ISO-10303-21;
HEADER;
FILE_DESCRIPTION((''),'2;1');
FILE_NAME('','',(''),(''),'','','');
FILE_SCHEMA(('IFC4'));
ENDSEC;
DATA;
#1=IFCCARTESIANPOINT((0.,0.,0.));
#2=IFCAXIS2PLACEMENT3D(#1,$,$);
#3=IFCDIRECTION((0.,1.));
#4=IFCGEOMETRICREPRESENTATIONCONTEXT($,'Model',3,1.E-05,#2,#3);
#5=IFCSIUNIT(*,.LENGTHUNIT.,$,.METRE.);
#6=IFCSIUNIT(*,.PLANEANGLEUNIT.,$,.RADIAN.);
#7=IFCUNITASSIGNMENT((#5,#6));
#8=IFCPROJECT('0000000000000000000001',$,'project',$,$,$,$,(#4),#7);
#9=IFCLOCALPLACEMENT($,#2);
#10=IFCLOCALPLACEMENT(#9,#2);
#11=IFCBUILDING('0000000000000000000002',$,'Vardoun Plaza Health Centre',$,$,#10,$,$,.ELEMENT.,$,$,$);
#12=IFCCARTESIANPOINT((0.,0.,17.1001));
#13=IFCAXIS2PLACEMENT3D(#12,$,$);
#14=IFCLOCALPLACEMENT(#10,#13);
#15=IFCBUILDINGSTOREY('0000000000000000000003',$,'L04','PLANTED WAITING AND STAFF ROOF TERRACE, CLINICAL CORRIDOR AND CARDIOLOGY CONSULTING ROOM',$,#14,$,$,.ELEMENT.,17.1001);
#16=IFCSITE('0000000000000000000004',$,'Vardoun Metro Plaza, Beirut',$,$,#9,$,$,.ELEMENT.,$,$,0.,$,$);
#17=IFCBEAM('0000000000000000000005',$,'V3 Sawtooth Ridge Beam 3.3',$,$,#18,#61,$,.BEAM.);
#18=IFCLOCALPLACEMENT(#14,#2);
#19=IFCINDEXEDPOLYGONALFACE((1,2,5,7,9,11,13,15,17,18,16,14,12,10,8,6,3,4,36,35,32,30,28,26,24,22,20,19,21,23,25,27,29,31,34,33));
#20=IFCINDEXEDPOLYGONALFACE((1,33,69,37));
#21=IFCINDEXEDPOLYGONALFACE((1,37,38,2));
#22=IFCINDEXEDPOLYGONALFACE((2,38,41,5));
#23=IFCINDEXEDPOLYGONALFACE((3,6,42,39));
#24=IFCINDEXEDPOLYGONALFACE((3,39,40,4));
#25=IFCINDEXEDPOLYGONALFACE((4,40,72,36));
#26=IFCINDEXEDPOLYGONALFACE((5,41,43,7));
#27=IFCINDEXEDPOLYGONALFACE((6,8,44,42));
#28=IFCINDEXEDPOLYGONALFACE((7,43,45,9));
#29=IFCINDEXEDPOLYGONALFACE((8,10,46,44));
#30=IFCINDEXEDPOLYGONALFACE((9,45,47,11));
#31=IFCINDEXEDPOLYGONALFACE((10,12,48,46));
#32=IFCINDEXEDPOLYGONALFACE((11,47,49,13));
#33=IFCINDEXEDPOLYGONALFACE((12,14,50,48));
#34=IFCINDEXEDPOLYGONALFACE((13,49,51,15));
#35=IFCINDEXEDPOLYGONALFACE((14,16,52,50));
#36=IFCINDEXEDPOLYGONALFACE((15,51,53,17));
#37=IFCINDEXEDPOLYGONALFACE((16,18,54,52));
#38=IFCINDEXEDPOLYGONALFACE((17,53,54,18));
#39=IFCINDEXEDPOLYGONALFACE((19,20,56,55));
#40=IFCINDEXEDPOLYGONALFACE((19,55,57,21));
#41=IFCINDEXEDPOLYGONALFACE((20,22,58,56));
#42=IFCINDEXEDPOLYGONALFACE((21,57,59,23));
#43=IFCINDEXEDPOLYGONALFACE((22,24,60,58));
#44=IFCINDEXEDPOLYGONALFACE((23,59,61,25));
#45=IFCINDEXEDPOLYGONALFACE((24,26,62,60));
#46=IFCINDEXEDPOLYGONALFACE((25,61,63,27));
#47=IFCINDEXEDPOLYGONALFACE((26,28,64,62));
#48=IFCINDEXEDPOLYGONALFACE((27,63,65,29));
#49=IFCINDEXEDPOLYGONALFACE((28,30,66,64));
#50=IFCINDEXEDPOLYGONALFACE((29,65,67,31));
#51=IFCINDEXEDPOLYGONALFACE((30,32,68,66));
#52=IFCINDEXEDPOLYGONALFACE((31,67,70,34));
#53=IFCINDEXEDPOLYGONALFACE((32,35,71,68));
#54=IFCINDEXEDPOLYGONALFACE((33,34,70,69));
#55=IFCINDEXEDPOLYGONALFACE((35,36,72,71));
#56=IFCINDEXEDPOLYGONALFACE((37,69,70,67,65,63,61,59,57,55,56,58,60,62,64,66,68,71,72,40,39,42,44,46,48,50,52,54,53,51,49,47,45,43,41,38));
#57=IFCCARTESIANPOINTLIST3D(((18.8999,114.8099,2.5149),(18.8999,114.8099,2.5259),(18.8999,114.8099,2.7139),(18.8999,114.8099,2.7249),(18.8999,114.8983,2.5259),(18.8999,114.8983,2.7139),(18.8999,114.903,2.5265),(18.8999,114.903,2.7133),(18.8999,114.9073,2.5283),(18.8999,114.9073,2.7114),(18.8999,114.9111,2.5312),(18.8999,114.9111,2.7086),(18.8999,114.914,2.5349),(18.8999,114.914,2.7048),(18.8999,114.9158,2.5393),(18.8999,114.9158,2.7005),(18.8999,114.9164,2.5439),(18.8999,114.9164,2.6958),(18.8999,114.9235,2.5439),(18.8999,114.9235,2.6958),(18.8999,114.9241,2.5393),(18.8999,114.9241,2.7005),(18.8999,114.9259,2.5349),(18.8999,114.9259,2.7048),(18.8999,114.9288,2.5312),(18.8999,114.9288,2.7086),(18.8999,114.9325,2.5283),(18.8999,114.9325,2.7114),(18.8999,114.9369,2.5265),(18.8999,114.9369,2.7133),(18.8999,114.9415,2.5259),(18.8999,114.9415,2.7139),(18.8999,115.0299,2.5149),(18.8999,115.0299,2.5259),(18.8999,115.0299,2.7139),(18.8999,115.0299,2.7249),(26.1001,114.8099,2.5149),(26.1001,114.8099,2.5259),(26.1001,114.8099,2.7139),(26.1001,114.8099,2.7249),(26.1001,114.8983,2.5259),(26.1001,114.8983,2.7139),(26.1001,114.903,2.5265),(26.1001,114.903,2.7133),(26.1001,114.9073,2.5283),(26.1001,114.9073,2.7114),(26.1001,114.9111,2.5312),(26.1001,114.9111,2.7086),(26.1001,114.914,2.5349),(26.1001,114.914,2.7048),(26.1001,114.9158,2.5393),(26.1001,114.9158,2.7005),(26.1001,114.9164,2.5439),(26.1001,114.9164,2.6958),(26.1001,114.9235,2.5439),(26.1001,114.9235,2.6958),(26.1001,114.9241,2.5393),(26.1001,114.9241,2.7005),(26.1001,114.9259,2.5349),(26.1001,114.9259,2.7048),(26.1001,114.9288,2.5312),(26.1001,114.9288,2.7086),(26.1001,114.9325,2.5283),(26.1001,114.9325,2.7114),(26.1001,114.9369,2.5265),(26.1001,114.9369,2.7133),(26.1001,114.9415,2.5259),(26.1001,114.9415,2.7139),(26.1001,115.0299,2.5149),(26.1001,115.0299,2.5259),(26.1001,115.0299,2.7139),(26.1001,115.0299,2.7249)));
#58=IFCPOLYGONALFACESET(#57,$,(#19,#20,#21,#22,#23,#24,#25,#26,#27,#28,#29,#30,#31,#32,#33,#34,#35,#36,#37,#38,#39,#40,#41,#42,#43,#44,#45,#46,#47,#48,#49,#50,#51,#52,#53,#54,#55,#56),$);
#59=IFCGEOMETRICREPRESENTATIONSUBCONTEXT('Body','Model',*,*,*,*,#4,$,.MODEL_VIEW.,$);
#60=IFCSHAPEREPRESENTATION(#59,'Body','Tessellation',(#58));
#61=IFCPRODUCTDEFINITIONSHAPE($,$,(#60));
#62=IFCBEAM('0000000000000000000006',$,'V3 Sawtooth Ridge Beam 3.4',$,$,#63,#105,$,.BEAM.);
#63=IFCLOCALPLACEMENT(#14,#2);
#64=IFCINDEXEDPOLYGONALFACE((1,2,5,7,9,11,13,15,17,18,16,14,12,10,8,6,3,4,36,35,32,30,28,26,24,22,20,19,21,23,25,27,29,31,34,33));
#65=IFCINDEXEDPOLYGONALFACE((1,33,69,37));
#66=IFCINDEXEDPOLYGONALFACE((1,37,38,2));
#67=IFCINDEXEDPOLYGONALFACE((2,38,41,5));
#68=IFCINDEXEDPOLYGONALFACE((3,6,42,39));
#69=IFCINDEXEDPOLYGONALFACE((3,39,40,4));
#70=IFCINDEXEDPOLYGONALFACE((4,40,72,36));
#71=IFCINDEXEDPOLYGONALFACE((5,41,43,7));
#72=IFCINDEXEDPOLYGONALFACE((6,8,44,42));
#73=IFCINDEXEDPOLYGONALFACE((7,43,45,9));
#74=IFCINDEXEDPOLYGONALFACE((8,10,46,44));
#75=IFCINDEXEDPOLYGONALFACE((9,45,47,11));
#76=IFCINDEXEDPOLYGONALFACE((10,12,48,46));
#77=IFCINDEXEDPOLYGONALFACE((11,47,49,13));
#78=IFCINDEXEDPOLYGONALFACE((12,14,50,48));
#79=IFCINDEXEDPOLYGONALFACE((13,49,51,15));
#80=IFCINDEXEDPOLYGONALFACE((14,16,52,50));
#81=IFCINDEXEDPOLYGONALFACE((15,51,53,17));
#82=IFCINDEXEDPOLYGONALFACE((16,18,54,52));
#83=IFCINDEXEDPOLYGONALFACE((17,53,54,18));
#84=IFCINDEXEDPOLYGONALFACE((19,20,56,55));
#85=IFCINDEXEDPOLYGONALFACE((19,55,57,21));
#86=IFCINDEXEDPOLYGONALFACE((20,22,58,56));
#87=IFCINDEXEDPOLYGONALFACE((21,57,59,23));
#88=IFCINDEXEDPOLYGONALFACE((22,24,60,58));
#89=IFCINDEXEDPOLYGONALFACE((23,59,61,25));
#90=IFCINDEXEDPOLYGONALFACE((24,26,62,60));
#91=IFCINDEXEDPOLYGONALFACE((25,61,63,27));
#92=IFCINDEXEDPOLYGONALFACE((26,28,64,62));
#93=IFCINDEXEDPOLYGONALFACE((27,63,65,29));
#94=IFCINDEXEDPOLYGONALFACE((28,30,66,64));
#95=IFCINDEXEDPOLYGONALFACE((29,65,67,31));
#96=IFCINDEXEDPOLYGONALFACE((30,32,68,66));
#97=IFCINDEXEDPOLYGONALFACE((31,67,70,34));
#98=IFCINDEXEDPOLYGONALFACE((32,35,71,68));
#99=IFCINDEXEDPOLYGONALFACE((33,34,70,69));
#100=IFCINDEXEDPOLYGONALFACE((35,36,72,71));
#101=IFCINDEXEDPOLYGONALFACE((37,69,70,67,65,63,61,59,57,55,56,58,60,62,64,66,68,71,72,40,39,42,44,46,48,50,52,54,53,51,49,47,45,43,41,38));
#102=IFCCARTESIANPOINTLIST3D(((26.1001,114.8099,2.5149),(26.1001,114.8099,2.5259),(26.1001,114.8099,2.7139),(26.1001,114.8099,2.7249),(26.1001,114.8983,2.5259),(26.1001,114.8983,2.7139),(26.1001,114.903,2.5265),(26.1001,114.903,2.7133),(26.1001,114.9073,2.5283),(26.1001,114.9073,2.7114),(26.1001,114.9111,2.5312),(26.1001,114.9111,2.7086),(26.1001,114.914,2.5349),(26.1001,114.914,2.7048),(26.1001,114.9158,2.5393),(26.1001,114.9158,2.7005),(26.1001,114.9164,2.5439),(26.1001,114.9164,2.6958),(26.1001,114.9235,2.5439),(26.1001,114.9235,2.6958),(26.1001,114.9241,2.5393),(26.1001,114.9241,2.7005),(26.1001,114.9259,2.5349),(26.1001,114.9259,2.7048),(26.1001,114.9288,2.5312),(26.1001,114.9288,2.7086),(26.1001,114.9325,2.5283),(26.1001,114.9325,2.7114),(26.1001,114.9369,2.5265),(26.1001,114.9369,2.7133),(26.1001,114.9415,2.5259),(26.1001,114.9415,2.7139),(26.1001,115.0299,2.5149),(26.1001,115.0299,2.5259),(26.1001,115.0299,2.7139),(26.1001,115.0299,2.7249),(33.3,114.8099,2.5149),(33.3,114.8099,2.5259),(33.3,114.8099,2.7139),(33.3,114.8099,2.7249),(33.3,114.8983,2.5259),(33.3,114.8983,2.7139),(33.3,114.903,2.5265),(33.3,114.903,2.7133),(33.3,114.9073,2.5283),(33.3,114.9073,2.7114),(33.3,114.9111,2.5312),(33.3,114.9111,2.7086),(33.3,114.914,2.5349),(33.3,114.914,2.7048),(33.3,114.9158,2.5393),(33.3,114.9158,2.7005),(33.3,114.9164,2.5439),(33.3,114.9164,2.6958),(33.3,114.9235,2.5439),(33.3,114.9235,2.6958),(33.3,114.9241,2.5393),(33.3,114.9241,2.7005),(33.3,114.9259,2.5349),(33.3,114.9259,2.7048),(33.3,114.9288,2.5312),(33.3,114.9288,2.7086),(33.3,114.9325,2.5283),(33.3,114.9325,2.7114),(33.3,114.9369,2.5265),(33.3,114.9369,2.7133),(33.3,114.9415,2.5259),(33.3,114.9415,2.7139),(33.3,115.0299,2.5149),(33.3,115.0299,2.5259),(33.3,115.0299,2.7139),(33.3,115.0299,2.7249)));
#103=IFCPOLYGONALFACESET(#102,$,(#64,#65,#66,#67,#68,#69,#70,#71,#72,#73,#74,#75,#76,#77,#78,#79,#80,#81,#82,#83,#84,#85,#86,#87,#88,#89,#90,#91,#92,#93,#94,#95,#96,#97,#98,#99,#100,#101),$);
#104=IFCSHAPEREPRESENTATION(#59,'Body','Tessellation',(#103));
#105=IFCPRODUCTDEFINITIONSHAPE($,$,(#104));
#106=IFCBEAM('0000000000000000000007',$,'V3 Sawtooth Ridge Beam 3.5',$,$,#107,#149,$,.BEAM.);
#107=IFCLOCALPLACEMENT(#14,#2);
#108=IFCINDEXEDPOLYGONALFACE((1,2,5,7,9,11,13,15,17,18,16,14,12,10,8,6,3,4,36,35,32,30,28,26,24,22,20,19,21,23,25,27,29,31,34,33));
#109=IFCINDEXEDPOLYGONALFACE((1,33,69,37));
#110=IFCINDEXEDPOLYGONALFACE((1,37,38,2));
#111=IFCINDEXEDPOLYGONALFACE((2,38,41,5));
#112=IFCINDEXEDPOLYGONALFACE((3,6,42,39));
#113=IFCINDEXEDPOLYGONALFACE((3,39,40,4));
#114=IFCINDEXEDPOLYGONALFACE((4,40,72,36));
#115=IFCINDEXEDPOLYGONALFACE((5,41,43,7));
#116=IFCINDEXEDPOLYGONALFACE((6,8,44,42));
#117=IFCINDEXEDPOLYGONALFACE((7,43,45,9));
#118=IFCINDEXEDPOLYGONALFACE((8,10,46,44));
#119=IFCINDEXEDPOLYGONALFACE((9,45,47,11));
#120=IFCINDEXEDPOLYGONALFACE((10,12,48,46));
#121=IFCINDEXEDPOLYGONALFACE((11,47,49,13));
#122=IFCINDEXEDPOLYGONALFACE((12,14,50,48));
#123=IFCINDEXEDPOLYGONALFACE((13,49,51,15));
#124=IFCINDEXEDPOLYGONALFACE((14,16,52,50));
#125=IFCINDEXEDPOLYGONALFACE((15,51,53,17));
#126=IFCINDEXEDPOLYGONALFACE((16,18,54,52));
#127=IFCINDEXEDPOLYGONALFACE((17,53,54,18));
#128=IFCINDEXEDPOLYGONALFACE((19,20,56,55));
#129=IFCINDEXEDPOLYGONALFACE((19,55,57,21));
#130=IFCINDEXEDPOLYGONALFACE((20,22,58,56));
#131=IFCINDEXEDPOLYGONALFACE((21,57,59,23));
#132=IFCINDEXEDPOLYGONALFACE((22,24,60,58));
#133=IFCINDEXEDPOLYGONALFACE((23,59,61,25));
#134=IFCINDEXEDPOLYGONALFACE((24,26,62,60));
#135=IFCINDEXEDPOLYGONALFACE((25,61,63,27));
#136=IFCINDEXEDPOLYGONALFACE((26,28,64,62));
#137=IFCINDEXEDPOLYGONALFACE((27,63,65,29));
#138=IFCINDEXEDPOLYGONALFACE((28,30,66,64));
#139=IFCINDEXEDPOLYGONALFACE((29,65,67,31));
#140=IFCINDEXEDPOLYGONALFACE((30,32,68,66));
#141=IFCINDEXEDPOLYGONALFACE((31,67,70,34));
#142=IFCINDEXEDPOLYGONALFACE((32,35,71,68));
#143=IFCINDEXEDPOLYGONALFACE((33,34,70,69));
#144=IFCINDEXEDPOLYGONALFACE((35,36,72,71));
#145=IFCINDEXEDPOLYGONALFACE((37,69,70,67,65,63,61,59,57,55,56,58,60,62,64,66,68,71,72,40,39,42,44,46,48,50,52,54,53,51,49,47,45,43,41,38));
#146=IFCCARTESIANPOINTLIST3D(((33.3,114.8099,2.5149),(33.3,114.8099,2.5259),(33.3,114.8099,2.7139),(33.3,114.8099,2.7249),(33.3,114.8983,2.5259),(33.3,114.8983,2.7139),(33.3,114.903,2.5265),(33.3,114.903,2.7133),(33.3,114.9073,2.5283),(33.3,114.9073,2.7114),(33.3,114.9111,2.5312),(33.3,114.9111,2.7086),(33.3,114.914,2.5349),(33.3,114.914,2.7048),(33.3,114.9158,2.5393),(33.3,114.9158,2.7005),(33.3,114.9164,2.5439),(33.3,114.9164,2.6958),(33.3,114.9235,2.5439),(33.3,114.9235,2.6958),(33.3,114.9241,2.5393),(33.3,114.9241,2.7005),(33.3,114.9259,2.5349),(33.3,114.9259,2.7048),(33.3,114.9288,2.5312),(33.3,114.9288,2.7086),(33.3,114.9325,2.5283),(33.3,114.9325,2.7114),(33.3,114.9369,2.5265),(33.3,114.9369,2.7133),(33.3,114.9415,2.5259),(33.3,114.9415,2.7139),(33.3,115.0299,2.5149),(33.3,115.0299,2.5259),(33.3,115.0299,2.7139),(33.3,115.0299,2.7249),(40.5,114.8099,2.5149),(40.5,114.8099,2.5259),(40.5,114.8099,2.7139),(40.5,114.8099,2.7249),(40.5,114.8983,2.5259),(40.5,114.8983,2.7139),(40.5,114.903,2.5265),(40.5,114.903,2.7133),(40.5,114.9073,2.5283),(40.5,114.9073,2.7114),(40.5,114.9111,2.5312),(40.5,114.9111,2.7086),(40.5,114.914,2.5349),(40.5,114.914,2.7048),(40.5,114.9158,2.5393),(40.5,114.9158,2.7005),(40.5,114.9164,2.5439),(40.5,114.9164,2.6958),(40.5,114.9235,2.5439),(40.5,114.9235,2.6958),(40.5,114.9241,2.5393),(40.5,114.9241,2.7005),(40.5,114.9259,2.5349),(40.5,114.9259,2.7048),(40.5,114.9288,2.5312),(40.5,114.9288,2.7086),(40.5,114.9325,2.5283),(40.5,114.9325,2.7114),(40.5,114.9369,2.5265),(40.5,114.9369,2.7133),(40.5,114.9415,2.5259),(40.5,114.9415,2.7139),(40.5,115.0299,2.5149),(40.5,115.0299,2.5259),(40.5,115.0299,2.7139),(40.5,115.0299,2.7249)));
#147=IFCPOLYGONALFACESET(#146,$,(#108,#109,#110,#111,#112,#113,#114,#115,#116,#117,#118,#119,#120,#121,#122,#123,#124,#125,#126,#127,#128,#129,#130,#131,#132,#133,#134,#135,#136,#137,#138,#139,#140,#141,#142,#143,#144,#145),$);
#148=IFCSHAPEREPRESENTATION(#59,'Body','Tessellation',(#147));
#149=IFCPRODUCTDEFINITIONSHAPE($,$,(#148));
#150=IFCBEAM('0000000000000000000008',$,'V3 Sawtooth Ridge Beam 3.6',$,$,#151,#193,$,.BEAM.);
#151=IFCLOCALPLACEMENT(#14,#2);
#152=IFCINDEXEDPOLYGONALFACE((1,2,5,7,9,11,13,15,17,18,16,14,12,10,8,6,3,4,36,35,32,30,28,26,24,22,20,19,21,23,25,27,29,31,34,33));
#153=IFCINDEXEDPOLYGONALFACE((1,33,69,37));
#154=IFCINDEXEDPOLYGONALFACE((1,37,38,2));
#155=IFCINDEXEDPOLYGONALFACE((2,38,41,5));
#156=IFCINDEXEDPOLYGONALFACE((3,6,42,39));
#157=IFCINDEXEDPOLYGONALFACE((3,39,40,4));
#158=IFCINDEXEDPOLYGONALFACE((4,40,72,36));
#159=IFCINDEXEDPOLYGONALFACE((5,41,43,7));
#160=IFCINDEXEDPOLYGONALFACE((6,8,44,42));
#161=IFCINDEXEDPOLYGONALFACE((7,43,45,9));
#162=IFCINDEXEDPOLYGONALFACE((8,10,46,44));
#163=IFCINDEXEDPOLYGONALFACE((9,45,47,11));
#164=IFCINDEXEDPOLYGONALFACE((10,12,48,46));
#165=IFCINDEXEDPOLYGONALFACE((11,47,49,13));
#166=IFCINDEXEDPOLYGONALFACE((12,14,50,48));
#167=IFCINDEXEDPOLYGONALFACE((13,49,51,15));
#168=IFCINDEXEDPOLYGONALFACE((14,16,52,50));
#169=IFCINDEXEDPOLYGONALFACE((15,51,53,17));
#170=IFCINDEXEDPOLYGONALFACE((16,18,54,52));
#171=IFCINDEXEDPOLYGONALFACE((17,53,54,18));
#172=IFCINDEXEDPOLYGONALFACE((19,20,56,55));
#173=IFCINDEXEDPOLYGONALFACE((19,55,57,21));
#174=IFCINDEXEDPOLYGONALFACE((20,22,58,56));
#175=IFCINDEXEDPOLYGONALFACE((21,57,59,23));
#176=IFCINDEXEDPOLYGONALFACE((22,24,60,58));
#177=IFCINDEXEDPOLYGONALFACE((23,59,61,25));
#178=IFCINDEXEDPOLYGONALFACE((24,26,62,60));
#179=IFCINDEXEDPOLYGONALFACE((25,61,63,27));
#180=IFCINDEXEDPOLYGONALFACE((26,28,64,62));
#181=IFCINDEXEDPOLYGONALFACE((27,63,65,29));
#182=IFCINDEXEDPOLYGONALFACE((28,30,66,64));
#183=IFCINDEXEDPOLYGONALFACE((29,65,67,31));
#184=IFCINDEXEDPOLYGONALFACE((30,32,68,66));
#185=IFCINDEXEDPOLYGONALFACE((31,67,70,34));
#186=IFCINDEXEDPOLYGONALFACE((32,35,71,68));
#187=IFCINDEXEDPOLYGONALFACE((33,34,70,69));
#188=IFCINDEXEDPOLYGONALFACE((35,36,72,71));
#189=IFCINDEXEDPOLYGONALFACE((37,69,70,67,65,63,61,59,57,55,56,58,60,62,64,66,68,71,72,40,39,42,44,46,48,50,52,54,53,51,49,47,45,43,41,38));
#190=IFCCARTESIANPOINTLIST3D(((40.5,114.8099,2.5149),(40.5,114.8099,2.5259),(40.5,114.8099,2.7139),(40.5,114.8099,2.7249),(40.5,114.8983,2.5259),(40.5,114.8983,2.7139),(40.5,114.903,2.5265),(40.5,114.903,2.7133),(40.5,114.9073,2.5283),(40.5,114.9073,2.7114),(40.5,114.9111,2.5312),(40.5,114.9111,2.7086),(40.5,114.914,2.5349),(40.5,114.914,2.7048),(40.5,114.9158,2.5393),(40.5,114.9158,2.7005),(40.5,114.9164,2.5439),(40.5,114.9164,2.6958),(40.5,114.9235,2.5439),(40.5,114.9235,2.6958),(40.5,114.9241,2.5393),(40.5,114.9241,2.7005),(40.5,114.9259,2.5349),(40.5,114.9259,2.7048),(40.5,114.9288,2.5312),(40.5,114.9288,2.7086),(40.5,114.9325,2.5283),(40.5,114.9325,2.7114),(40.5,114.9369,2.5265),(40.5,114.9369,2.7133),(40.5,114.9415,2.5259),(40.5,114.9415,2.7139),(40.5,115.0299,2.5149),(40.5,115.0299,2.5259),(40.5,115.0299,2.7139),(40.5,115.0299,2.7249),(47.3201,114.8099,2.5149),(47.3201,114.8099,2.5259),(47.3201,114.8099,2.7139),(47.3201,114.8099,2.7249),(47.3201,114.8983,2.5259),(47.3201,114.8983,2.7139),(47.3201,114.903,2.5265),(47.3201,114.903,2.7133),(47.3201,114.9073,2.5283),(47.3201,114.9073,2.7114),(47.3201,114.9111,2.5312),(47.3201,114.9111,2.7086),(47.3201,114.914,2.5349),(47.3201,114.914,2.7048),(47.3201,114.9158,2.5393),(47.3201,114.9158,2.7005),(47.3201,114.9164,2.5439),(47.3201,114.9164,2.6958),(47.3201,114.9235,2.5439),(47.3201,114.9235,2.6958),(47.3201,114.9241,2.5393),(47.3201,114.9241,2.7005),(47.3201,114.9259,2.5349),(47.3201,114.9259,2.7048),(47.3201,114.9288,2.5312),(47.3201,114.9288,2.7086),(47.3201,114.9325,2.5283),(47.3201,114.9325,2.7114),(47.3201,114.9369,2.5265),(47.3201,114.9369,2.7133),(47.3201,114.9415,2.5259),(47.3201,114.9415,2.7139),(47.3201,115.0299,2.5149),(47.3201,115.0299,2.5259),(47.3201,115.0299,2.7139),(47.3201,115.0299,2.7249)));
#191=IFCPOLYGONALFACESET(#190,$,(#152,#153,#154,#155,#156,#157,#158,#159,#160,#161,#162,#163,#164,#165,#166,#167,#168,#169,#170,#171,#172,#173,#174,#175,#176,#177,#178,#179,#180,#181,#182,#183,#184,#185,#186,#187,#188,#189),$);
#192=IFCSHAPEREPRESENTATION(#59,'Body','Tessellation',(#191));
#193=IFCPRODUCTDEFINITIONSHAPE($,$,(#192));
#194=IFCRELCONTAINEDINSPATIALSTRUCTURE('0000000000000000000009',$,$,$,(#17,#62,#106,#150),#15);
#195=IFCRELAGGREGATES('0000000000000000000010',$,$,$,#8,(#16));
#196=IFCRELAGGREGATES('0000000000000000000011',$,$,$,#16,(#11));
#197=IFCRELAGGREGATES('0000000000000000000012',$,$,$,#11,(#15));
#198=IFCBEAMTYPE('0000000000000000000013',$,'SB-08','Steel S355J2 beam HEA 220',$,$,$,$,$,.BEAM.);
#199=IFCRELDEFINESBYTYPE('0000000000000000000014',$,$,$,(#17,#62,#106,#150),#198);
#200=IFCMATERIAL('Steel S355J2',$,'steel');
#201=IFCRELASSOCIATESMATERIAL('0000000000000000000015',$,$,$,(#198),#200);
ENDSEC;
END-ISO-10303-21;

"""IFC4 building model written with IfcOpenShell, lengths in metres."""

from ifc_helpers import new_model, si_unit, direction, frame, origin, origin_2d, place, context, subcontext, project, spatial, i_section, extrude, material, material_profile, profile_set, type_object, element, save


model = new_model("IFC4")

# Units and contexts
model_context = context("Model", 3, precision=1e-05, world=origin(), true_north=direction((0.0, 1.0)))
body_context = subcontext(model_context, "Body", "Model", "MODEL_VIEW")
ifc_project = project(units=[si_unit("LENGTHUNIT", "METRE"), si_unit("PLANEANGLEUNIT", "RADIAN")], contexts=[model_context])

# Site, building, storey
site_placement = place(None, origin())
site = spatial("IfcSite", under=ifc_project, at=site_placement, Name="Vardoun Metro Plaza, Beirut", CompositionType="ELEMENT", RefElevation=0.0)
building_placement = place(site_placement, origin())
building = spatial("IfcBuilding", under=site, at=building_placement, Name="Vardoun Plaza Health Centre", CompositionType="ELEMENT")
storey_placement = place(building_placement, frame((0.0, 0.0, 17.1001)))
storey = spatial("IfcBuildingStorey", under=building, at=storey_placement, Name="L04", Description="PLANTED WAITING AND STAFF ROOF TERRACE, CLINICAL CORRIDOR AND CARDIOLOGY CONSULTING ROOM", CompositionType="ELEMENT", Elevation=17.1001)

# Beams
ifc_material_1 = material(Name="Steel S355J2", Category="steel")
ifc_material_profile_1 = material_profile(ifc_material_1, i_section(OverallWidth=0.22, OverallDepth=0.21, WebThickness=0.0071, FlangeThickness=0.011, FilletRadius=0.0181, at=origin_2d()), Name="HEA 220")
ifc_profile_set_1 = profile_set([ifc_material_profile_1], Name="Steel S355J2")
beam_type_1 = type_object("IfcBeamType", Name="SB-08", Description="Steel S355J2 beam HEA 220", PredefinedType="BEAM", material=ifc_profile_set_1)
beam_1_placement = place(storey_placement, frame((18.8999, 114.9199, 2.6199), z_axis=(1.0, 0.0, 0.0), x_axis=(0.0, 1.0, 0.0)))
element("IfcBeam", 1, at=beam_1_placement, inside=storey, type_object=beam_type_1, Name="V3 Sawtooth Ridge Beam 3.3", PredefinedType="BEAM", context=body_context, shape_type="SweptSolid", body=[
    extrude(i_section(OverallWidth=0.22, OverallDepth=0.21, WebThickness=0.0071, FlangeThickness=0.011, FilletRadius=0.0181, at=origin_2d()), origin(), (0.0, 0.0, 1.0), 7.2002),
])
for number, where, z_axis, x_axis, name in (
    (2, (26.1001, 114.9199, 2.6199), (1.0, 0.0, 0.0), (0.0, 1.0, 0.0), "V3 Sawtooth Ridge Beam 3.4"),
    (3, (33.3, 114.9199, 2.6199), (1.0, 0.0, 0.0), (0.0, 1.0, 0.0), "V3 Sawtooth Ridge Beam 3.5"),
):
    element("IfcBeam", number, at=place(storey_placement, frame(where, z_axis=z_axis, x_axis=x_axis)), inside=storey, type_object=beam_type_1, Name=name, PredefinedType="BEAM", context=body_context, shape_type="SweptSolid", body=[
        extrude(i_section(OverallWidth=0.22, OverallDepth=0.21, WebThickness=0.0071, FlangeThickness=0.011, FilletRadius=0.0181, at=origin_2d()), origin(), (0.0, 0.0, 1.0), 7.2),
    ])
beam_2_placement = place(storey_placement, frame((40.5, 114.9199, 2.6199), z_axis=(1.0, 0.0, 0.0), x_axis=(0.0, 1.0, 0.0)))
element("IfcBeam", 4, at=beam_2_placement, inside=storey, type_object=beam_type_1, Name="V3 Sawtooth Ridge Beam 3.6", PredefinedType="BEAM", context=body_context, shape_type="SweptSolid", body=[
    extrude(i_section(OverallWidth=0.22, OverallDepth=0.21, WebThickness=0.0071, FlangeThickness=0.011, FilletRadius=0.0181, at=origin_2d()), origin(), (0.0, 0.0, 1.0), 6.8201),
])

save(model, "model.ifc")
